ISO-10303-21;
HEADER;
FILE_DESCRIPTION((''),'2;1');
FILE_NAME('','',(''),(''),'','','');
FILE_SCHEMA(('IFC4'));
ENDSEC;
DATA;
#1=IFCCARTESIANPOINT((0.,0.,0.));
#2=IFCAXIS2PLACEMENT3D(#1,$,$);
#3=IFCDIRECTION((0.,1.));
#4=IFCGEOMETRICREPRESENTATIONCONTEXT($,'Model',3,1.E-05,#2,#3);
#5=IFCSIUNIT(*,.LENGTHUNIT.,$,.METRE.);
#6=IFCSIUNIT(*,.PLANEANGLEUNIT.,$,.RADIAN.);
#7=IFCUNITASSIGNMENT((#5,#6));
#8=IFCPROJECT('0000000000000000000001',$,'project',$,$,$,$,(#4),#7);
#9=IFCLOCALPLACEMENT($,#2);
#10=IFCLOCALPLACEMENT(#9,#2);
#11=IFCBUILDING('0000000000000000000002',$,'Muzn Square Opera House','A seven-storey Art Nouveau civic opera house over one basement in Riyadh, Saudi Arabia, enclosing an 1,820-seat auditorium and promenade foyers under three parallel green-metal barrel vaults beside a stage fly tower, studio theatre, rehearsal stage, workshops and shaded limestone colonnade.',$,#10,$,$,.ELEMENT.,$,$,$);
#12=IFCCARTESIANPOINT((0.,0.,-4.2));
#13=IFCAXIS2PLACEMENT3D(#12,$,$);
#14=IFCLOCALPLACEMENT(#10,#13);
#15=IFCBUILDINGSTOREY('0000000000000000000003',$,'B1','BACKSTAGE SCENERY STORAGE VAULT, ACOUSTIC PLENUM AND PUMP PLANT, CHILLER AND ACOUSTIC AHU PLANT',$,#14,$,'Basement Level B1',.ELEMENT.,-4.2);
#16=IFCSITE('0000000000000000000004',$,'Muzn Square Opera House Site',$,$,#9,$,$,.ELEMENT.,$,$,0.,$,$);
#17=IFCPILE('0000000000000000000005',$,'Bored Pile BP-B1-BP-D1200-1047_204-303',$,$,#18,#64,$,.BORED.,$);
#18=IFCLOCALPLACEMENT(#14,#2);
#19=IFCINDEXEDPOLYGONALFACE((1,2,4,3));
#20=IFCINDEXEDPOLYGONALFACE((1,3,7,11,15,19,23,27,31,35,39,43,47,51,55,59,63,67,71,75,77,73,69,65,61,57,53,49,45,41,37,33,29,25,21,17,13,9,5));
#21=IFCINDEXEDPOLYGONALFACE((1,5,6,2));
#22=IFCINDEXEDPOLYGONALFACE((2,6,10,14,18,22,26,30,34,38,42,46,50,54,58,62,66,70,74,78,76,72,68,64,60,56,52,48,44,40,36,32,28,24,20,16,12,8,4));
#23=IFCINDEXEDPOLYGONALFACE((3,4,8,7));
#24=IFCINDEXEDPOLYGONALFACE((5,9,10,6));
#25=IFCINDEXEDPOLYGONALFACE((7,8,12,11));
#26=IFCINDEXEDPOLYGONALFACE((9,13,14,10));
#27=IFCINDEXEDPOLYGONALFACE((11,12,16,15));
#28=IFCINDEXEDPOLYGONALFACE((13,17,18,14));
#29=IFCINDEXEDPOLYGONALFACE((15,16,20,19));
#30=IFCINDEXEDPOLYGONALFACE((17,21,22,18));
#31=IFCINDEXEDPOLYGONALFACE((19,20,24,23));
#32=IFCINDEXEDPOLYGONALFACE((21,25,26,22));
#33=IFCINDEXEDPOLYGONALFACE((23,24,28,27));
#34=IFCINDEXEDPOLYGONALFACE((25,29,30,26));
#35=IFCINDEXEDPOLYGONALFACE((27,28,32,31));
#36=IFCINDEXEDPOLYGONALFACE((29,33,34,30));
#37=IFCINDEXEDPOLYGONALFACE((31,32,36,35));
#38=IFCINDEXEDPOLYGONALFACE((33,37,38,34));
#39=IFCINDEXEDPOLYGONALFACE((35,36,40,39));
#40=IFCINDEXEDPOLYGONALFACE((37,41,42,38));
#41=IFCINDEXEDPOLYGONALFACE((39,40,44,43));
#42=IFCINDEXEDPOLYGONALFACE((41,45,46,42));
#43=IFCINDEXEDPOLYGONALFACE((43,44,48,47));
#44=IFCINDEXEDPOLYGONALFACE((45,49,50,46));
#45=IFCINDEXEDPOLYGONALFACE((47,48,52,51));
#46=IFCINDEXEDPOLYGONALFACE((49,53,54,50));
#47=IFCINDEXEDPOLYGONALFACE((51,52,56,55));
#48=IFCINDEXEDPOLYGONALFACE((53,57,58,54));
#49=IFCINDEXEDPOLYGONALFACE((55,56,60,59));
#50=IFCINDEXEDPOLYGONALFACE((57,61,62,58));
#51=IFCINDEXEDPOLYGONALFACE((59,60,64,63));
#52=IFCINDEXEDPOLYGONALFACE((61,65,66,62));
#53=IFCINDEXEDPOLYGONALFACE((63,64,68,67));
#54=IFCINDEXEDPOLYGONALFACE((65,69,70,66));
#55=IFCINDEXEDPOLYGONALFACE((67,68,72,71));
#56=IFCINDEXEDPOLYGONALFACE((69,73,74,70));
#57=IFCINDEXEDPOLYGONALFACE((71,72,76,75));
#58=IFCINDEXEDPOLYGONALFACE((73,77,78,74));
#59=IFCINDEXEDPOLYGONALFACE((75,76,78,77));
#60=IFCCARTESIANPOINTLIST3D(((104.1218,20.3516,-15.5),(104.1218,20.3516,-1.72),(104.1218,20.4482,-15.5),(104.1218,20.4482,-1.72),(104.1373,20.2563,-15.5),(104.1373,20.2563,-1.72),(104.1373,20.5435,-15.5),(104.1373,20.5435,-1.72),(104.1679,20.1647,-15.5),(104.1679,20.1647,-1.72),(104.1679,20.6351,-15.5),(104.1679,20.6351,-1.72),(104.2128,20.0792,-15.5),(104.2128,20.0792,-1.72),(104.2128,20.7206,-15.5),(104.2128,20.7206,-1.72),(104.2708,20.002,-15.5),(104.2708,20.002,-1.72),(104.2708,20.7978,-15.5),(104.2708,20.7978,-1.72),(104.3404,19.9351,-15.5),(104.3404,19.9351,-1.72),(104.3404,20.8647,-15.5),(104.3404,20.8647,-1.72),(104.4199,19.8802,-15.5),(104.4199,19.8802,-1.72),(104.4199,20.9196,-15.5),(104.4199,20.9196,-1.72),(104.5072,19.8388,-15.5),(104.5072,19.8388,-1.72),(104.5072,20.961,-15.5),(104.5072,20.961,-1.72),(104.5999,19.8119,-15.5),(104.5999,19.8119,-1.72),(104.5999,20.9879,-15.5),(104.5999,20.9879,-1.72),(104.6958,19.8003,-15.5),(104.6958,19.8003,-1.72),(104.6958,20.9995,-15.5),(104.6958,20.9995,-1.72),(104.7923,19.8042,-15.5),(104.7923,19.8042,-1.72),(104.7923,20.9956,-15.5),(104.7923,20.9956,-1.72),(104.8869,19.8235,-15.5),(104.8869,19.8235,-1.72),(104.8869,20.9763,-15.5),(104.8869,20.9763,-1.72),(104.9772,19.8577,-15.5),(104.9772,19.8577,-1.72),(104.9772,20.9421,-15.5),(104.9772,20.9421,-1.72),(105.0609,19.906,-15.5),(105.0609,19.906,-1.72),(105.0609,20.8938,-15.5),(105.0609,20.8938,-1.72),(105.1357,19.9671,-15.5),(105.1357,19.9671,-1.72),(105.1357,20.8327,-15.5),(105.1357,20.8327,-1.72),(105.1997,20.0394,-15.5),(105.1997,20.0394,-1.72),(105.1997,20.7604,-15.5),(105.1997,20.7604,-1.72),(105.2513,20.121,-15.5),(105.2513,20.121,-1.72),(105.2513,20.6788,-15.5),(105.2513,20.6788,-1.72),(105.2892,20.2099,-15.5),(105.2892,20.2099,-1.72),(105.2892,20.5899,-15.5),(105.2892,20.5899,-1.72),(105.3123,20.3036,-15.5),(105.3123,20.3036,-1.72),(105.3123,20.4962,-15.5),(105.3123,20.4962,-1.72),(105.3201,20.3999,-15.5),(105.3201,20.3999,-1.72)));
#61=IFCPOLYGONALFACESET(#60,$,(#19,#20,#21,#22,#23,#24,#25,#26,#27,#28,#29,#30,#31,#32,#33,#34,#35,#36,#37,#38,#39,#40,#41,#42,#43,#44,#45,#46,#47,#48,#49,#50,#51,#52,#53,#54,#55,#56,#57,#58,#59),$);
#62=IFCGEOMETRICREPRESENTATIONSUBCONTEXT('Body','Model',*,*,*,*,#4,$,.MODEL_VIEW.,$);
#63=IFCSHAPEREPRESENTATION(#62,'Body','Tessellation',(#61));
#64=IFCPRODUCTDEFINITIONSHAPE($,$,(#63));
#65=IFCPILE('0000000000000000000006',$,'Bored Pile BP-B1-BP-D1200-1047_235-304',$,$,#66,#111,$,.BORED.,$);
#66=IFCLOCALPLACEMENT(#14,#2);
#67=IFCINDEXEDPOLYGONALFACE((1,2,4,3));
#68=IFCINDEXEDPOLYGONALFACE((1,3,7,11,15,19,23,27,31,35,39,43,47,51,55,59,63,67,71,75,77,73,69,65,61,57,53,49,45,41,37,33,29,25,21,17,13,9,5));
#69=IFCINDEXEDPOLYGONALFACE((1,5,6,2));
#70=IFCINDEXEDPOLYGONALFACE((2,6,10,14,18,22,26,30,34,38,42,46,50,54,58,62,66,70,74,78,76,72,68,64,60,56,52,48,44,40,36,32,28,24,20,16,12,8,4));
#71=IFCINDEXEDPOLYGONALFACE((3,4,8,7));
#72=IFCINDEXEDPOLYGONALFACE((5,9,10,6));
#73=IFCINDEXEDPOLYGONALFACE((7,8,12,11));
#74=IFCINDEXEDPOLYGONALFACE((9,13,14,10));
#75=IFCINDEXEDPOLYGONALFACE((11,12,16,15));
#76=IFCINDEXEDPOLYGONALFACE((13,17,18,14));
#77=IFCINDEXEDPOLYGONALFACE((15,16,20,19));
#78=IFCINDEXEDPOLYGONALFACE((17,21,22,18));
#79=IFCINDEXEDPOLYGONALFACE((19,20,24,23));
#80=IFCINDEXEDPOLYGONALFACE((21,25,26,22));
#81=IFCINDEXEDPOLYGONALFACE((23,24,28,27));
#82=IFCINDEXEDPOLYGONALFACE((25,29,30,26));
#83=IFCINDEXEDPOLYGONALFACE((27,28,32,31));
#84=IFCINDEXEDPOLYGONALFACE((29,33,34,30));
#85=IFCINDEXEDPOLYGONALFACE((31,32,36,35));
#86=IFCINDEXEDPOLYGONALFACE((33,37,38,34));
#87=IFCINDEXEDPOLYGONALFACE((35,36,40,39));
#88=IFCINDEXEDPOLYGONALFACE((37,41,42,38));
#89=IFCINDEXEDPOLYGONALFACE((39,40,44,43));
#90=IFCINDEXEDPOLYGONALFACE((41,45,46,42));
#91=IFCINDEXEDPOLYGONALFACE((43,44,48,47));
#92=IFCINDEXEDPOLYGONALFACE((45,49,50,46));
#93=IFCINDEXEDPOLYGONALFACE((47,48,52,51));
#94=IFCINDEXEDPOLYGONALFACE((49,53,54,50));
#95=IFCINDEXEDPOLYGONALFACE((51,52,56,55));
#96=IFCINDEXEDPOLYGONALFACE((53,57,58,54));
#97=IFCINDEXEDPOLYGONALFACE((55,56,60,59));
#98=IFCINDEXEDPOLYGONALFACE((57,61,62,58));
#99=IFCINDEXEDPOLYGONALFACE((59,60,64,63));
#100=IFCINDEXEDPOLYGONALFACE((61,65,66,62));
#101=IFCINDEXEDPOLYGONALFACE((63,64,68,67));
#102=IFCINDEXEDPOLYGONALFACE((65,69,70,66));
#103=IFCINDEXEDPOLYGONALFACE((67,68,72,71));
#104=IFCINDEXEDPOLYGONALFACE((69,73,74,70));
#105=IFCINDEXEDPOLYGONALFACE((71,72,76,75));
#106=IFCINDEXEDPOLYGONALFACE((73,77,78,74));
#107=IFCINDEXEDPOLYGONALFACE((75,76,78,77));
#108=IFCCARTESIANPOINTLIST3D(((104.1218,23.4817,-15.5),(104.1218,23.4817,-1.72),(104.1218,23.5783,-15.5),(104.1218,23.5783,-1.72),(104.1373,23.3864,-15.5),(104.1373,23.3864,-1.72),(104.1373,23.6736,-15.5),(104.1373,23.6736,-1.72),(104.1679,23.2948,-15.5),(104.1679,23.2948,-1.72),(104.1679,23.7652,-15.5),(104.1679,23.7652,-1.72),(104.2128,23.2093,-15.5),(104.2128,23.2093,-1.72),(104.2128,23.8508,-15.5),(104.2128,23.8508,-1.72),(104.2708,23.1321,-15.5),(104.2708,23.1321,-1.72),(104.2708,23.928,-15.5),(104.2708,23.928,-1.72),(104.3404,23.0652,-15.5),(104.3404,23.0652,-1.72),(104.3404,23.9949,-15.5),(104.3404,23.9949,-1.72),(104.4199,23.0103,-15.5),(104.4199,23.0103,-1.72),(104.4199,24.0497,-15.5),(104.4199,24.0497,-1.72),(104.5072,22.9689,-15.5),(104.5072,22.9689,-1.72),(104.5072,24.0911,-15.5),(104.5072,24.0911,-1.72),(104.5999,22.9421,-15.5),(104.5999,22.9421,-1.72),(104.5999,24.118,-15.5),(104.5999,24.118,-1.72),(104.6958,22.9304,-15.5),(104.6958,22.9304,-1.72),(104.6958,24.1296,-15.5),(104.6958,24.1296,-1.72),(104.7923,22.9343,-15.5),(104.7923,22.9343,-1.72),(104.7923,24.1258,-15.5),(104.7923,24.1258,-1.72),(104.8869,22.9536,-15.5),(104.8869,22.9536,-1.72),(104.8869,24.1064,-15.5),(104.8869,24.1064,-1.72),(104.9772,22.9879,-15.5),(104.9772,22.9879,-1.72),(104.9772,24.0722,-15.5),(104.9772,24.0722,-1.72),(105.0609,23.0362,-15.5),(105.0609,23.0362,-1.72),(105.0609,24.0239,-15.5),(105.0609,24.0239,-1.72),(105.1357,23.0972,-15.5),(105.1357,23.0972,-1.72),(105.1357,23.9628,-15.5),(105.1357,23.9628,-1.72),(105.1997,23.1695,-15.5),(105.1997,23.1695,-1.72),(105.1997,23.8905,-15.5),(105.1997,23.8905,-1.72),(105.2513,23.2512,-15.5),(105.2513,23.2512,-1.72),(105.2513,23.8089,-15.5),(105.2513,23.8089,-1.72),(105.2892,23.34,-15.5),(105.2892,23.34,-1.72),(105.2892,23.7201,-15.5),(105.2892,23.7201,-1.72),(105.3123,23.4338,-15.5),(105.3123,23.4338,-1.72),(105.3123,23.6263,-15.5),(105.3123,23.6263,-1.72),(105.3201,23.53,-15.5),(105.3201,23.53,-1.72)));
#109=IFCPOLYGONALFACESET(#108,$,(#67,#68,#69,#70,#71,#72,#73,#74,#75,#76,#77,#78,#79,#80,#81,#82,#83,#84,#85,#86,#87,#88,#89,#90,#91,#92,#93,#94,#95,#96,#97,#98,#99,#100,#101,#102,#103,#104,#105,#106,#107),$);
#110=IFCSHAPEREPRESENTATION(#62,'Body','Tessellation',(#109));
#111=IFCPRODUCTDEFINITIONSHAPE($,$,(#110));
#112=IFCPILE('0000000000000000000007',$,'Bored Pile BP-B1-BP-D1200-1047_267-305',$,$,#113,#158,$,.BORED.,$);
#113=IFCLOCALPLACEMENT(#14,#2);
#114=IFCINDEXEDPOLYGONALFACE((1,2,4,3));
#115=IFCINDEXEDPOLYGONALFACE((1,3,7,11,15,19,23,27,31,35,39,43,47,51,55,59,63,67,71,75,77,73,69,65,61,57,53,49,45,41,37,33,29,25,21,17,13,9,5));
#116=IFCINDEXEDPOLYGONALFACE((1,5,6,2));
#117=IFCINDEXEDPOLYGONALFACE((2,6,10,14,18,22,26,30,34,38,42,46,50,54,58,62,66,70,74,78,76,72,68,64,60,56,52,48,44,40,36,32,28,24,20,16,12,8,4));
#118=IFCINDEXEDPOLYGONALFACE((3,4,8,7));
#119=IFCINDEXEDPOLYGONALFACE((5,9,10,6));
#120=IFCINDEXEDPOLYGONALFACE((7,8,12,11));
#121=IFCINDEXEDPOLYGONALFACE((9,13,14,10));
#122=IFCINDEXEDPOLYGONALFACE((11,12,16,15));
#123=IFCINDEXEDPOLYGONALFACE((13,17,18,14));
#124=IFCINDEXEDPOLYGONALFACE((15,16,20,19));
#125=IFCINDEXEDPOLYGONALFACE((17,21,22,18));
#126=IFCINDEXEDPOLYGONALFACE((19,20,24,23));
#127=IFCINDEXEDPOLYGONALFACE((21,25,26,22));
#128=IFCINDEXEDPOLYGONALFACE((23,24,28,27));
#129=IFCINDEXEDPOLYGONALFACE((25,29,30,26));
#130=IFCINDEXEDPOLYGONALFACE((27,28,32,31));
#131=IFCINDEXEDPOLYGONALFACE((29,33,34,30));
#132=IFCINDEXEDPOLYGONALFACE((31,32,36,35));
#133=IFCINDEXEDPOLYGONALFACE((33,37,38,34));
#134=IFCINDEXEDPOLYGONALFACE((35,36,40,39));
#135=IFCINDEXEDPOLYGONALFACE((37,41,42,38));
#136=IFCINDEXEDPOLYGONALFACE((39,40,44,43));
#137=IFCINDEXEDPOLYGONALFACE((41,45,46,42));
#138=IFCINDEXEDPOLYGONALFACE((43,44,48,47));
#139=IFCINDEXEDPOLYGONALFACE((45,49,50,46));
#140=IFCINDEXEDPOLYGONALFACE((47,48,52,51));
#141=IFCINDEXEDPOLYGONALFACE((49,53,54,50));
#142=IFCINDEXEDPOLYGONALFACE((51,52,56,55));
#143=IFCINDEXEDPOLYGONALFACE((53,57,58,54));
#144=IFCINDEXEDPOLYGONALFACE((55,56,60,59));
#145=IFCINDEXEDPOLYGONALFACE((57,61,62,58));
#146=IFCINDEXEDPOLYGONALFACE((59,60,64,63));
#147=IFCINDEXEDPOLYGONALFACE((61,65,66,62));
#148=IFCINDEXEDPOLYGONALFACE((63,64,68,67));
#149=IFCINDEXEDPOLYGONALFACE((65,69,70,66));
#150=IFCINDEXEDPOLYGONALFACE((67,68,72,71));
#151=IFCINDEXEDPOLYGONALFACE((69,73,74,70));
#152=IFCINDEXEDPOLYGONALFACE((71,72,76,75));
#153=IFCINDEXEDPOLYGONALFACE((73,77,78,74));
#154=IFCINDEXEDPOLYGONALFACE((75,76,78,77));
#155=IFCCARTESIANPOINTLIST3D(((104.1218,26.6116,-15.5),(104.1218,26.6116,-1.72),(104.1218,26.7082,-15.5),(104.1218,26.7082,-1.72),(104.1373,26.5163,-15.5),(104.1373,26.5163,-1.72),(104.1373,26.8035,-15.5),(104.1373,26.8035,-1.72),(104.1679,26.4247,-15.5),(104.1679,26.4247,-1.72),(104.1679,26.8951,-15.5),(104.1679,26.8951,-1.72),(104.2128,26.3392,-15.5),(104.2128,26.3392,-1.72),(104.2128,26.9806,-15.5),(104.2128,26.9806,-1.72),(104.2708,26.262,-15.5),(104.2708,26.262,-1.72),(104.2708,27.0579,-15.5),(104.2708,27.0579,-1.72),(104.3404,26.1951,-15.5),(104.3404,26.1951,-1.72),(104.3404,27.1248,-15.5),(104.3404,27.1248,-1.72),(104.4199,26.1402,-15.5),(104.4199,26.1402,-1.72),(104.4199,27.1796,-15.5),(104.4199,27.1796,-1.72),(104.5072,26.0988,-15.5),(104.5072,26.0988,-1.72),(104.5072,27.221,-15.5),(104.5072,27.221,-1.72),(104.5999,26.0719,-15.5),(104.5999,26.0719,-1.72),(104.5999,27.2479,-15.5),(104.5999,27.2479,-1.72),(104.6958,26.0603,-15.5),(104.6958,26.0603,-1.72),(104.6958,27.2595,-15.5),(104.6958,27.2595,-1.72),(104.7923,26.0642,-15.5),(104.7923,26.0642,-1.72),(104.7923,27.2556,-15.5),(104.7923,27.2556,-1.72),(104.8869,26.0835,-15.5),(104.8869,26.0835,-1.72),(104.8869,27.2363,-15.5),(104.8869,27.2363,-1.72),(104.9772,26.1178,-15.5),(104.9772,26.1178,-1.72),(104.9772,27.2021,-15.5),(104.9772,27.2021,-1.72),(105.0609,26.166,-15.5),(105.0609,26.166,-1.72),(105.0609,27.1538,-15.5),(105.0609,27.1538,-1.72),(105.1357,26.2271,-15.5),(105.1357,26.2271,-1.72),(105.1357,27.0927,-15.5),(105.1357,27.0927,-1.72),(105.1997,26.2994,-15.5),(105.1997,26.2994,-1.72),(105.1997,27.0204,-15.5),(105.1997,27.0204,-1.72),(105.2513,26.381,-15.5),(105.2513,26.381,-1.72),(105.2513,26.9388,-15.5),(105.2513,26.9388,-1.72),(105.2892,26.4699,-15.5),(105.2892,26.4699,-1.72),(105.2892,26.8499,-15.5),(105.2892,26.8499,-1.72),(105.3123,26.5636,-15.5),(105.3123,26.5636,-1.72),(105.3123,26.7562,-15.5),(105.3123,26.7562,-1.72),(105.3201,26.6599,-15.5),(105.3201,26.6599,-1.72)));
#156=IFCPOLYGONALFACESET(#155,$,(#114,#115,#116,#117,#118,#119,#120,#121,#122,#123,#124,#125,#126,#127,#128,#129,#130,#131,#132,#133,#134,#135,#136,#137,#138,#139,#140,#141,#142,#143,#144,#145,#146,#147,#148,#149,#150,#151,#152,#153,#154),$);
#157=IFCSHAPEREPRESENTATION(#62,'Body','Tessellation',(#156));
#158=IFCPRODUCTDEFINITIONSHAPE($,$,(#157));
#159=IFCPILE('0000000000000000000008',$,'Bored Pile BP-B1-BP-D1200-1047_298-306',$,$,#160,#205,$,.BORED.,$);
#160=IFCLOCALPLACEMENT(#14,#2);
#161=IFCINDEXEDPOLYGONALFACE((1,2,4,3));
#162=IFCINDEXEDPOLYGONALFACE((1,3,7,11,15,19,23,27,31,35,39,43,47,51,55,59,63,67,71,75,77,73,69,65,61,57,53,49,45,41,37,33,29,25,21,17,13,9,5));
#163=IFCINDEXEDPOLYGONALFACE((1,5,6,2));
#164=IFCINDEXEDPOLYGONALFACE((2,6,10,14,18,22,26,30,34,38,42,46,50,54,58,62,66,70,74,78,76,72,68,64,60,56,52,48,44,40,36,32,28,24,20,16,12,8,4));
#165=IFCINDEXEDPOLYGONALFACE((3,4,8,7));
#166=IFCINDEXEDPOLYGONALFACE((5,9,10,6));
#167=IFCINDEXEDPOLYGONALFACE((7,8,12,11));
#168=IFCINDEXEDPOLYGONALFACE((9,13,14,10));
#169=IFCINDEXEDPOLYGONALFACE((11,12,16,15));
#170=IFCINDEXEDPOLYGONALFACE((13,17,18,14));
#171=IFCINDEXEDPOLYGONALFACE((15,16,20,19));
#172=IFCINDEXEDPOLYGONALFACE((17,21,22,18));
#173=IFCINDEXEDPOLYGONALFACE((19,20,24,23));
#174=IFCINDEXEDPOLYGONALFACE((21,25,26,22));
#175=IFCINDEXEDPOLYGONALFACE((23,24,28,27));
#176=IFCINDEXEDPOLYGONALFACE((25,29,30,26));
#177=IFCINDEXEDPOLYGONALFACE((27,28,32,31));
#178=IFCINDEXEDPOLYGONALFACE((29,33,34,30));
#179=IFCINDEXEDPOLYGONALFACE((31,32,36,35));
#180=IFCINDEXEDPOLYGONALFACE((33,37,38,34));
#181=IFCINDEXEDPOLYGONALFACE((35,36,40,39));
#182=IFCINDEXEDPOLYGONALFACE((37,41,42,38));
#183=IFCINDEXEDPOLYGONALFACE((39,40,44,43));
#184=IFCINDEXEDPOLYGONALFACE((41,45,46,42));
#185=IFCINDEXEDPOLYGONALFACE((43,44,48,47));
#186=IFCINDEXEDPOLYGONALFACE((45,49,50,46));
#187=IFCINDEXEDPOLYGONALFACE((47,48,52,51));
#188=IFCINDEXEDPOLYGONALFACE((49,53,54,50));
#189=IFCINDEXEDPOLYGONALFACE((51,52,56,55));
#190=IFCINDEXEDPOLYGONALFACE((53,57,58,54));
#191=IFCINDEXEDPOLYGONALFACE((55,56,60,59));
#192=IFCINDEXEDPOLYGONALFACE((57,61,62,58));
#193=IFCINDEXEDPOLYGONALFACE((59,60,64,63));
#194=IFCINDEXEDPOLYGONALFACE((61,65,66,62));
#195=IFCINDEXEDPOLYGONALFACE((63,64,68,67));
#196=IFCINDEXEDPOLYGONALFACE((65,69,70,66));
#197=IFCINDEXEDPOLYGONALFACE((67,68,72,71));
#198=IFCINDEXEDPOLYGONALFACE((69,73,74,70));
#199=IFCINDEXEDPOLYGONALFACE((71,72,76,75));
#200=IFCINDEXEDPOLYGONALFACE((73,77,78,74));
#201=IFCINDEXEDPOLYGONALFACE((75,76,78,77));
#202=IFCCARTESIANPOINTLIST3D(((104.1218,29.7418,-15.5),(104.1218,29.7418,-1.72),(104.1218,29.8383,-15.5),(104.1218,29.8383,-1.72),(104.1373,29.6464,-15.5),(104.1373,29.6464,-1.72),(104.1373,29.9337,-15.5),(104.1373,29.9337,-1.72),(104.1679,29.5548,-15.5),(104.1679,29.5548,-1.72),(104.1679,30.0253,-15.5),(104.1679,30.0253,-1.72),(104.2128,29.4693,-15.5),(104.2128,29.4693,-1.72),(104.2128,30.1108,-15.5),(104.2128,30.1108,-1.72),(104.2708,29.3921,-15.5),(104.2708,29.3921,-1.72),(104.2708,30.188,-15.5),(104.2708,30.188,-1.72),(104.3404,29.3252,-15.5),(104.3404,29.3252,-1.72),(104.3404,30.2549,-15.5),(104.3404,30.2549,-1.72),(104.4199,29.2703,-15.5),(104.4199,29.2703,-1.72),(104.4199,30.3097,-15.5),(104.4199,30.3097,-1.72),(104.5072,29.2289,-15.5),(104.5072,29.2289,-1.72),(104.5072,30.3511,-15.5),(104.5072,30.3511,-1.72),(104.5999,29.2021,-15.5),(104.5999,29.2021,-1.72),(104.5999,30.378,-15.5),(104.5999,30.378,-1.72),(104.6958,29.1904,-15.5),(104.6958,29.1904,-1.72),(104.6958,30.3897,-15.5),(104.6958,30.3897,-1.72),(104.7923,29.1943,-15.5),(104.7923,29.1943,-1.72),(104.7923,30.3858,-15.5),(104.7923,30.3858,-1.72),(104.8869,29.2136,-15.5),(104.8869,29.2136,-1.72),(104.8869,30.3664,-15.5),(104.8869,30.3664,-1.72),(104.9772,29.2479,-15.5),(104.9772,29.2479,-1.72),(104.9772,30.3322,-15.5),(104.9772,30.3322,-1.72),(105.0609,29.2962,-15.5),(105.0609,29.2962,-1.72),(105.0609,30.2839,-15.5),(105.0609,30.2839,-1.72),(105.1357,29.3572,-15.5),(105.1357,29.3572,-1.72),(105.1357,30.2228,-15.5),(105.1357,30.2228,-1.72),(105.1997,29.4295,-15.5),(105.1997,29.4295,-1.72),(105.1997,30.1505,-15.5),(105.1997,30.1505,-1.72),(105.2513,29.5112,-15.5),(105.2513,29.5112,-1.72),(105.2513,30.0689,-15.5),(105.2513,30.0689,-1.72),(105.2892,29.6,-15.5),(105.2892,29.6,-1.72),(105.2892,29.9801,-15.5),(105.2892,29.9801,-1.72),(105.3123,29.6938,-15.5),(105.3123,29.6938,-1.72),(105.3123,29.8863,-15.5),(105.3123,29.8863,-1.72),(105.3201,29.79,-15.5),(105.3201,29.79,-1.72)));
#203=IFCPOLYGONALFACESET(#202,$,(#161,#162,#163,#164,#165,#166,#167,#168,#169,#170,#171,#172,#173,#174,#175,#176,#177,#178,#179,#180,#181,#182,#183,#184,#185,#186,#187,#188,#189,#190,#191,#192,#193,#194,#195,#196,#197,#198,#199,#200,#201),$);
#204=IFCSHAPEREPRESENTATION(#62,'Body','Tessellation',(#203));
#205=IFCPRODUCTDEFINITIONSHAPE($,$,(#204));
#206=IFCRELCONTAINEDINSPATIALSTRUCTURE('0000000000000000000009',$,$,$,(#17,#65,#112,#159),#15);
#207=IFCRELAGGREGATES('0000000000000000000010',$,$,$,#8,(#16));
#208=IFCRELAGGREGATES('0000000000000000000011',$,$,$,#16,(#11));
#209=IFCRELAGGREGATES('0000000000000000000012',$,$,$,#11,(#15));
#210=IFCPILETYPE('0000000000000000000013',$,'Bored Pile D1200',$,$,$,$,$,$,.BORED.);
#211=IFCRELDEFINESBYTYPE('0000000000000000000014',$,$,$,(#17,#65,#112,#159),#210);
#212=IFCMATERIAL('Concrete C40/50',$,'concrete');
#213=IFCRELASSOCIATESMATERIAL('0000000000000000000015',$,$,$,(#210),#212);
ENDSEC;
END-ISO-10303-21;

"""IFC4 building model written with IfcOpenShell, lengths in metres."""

from ifc_helpers import new_model, si_unit, direction, frame, origin, origin_2d, place, context, subcontext, project, spatial, circle, extrude, material, material_profile, profile_set, type_object, element, save


model = new_model("IFC4")

# Units and contexts
model_context = context("Model", 3, precision=1e-05, world=origin(), true_north=direction((0.0, 1.0)))
body_context = subcontext(model_context, "Body", "Model", "MODEL_VIEW")
ifc_project = project(units=[si_unit("LENGTHUNIT", "METRE"), si_unit("PLANEANGLEUNIT", "RADIAN")], contexts=[model_context])

# Site, building, storey
site_placement = place(None, origin())
site = spatial("IfcSite", under=ifc_project, at=site_placement, Name="Muzn Square Opera House Site", CompositionType="ELEMENT", RefElevation=0.0)
building_placement = place(site_placement, origin())
building = spatial("IfcBuilding", under=site, at=building_placement, Name="Muzn Square Opera House", Description="A seven-storey Art Nouveau civic opera house over one basement in Riyadh, Saudi Arabia, enclosing an 1,820-seat auditorium and promenade foyers under three parallel green-metal barrel vaults beside a stage fly tower, studio theatre, rehearsal stage, workshops and shaded limestone colonnade.", CompositionType="ELEMENT")
storey_placement = place(building_placement, frame((0.0, 0.0, -4.2)))
storey = spatial("IfcBuildingStorey", under=building, at=storey_placement, Name="B1", Description="BACKSTAGE SCENERY STORAGE VAULT, ACOUSTIC PLENUM AND PUMP PLANT, CHILLER AND ACOUSTIC AHU PLANT", LongName="Basement Level B1", CompositionType="ELEMENT", Elevation=-4.2)

# Piles
ifc_material_1 = material(Name="Concrete C40/50", Category="concrete")
ifc_material_profile_1 = material_profile(ifc_material_1, circle(Radius=0.6001, at=origin_2d()), Name="BORED PILE D1200", Category="concrete")
ifc_profile_set_1 = profile_set([ifc_material_profile_1], Name="Concrete C40/50")
pile_type = type_object("IfcPileType", Name="Bored Pile D1200", PredefinedType="BORED", material=ifc_profile_set_1)
for number, where, z_axis, x_axis, name in (
    (1, (104.72, 20.3999, -1.72), (0.0, 0.0, -1.0), (1.0, 0.0, 0.0), "Bored Pile BP-B1-BP-D1200-1047_204-303"),
    (2, (104.72, 23.53, -1.72), (0.0, 0.0, -1.0), (1.0, 0.0, 0.0), "Bored Pile BP-B1-BP-D1200-1047_235-304"),
    (3, (104.72, 26.6599, -1.72), (0.0, 0.0, -1.0), (1.0, 0.0, 0.0), "Bored Pile BP-B1-BP-D1200-1047_267-305"),
    (4, (104.72, 29.79, -1.72), (0.0, 0.0, -1.0), (1.0, 0.0, 0.0), "Bored Pile BP-B1-BP-D1200-1047_298-306"),
):
    element("IfcPile", number, at=place(storey_placement, frame(where, z_axis=z_axis, x_axis=x_axis)), inside=storey, type_object=pile_type, Name=name, PredefinedType="BORED", context=body_context, shape_type="SweptSolid", body=[
        extrude(circle(Radius=0.6001, at=origin_2d()), origin(), (0.0, 0.0, 1.0), 13.78),
    ])

save(model, "model.ifc")
